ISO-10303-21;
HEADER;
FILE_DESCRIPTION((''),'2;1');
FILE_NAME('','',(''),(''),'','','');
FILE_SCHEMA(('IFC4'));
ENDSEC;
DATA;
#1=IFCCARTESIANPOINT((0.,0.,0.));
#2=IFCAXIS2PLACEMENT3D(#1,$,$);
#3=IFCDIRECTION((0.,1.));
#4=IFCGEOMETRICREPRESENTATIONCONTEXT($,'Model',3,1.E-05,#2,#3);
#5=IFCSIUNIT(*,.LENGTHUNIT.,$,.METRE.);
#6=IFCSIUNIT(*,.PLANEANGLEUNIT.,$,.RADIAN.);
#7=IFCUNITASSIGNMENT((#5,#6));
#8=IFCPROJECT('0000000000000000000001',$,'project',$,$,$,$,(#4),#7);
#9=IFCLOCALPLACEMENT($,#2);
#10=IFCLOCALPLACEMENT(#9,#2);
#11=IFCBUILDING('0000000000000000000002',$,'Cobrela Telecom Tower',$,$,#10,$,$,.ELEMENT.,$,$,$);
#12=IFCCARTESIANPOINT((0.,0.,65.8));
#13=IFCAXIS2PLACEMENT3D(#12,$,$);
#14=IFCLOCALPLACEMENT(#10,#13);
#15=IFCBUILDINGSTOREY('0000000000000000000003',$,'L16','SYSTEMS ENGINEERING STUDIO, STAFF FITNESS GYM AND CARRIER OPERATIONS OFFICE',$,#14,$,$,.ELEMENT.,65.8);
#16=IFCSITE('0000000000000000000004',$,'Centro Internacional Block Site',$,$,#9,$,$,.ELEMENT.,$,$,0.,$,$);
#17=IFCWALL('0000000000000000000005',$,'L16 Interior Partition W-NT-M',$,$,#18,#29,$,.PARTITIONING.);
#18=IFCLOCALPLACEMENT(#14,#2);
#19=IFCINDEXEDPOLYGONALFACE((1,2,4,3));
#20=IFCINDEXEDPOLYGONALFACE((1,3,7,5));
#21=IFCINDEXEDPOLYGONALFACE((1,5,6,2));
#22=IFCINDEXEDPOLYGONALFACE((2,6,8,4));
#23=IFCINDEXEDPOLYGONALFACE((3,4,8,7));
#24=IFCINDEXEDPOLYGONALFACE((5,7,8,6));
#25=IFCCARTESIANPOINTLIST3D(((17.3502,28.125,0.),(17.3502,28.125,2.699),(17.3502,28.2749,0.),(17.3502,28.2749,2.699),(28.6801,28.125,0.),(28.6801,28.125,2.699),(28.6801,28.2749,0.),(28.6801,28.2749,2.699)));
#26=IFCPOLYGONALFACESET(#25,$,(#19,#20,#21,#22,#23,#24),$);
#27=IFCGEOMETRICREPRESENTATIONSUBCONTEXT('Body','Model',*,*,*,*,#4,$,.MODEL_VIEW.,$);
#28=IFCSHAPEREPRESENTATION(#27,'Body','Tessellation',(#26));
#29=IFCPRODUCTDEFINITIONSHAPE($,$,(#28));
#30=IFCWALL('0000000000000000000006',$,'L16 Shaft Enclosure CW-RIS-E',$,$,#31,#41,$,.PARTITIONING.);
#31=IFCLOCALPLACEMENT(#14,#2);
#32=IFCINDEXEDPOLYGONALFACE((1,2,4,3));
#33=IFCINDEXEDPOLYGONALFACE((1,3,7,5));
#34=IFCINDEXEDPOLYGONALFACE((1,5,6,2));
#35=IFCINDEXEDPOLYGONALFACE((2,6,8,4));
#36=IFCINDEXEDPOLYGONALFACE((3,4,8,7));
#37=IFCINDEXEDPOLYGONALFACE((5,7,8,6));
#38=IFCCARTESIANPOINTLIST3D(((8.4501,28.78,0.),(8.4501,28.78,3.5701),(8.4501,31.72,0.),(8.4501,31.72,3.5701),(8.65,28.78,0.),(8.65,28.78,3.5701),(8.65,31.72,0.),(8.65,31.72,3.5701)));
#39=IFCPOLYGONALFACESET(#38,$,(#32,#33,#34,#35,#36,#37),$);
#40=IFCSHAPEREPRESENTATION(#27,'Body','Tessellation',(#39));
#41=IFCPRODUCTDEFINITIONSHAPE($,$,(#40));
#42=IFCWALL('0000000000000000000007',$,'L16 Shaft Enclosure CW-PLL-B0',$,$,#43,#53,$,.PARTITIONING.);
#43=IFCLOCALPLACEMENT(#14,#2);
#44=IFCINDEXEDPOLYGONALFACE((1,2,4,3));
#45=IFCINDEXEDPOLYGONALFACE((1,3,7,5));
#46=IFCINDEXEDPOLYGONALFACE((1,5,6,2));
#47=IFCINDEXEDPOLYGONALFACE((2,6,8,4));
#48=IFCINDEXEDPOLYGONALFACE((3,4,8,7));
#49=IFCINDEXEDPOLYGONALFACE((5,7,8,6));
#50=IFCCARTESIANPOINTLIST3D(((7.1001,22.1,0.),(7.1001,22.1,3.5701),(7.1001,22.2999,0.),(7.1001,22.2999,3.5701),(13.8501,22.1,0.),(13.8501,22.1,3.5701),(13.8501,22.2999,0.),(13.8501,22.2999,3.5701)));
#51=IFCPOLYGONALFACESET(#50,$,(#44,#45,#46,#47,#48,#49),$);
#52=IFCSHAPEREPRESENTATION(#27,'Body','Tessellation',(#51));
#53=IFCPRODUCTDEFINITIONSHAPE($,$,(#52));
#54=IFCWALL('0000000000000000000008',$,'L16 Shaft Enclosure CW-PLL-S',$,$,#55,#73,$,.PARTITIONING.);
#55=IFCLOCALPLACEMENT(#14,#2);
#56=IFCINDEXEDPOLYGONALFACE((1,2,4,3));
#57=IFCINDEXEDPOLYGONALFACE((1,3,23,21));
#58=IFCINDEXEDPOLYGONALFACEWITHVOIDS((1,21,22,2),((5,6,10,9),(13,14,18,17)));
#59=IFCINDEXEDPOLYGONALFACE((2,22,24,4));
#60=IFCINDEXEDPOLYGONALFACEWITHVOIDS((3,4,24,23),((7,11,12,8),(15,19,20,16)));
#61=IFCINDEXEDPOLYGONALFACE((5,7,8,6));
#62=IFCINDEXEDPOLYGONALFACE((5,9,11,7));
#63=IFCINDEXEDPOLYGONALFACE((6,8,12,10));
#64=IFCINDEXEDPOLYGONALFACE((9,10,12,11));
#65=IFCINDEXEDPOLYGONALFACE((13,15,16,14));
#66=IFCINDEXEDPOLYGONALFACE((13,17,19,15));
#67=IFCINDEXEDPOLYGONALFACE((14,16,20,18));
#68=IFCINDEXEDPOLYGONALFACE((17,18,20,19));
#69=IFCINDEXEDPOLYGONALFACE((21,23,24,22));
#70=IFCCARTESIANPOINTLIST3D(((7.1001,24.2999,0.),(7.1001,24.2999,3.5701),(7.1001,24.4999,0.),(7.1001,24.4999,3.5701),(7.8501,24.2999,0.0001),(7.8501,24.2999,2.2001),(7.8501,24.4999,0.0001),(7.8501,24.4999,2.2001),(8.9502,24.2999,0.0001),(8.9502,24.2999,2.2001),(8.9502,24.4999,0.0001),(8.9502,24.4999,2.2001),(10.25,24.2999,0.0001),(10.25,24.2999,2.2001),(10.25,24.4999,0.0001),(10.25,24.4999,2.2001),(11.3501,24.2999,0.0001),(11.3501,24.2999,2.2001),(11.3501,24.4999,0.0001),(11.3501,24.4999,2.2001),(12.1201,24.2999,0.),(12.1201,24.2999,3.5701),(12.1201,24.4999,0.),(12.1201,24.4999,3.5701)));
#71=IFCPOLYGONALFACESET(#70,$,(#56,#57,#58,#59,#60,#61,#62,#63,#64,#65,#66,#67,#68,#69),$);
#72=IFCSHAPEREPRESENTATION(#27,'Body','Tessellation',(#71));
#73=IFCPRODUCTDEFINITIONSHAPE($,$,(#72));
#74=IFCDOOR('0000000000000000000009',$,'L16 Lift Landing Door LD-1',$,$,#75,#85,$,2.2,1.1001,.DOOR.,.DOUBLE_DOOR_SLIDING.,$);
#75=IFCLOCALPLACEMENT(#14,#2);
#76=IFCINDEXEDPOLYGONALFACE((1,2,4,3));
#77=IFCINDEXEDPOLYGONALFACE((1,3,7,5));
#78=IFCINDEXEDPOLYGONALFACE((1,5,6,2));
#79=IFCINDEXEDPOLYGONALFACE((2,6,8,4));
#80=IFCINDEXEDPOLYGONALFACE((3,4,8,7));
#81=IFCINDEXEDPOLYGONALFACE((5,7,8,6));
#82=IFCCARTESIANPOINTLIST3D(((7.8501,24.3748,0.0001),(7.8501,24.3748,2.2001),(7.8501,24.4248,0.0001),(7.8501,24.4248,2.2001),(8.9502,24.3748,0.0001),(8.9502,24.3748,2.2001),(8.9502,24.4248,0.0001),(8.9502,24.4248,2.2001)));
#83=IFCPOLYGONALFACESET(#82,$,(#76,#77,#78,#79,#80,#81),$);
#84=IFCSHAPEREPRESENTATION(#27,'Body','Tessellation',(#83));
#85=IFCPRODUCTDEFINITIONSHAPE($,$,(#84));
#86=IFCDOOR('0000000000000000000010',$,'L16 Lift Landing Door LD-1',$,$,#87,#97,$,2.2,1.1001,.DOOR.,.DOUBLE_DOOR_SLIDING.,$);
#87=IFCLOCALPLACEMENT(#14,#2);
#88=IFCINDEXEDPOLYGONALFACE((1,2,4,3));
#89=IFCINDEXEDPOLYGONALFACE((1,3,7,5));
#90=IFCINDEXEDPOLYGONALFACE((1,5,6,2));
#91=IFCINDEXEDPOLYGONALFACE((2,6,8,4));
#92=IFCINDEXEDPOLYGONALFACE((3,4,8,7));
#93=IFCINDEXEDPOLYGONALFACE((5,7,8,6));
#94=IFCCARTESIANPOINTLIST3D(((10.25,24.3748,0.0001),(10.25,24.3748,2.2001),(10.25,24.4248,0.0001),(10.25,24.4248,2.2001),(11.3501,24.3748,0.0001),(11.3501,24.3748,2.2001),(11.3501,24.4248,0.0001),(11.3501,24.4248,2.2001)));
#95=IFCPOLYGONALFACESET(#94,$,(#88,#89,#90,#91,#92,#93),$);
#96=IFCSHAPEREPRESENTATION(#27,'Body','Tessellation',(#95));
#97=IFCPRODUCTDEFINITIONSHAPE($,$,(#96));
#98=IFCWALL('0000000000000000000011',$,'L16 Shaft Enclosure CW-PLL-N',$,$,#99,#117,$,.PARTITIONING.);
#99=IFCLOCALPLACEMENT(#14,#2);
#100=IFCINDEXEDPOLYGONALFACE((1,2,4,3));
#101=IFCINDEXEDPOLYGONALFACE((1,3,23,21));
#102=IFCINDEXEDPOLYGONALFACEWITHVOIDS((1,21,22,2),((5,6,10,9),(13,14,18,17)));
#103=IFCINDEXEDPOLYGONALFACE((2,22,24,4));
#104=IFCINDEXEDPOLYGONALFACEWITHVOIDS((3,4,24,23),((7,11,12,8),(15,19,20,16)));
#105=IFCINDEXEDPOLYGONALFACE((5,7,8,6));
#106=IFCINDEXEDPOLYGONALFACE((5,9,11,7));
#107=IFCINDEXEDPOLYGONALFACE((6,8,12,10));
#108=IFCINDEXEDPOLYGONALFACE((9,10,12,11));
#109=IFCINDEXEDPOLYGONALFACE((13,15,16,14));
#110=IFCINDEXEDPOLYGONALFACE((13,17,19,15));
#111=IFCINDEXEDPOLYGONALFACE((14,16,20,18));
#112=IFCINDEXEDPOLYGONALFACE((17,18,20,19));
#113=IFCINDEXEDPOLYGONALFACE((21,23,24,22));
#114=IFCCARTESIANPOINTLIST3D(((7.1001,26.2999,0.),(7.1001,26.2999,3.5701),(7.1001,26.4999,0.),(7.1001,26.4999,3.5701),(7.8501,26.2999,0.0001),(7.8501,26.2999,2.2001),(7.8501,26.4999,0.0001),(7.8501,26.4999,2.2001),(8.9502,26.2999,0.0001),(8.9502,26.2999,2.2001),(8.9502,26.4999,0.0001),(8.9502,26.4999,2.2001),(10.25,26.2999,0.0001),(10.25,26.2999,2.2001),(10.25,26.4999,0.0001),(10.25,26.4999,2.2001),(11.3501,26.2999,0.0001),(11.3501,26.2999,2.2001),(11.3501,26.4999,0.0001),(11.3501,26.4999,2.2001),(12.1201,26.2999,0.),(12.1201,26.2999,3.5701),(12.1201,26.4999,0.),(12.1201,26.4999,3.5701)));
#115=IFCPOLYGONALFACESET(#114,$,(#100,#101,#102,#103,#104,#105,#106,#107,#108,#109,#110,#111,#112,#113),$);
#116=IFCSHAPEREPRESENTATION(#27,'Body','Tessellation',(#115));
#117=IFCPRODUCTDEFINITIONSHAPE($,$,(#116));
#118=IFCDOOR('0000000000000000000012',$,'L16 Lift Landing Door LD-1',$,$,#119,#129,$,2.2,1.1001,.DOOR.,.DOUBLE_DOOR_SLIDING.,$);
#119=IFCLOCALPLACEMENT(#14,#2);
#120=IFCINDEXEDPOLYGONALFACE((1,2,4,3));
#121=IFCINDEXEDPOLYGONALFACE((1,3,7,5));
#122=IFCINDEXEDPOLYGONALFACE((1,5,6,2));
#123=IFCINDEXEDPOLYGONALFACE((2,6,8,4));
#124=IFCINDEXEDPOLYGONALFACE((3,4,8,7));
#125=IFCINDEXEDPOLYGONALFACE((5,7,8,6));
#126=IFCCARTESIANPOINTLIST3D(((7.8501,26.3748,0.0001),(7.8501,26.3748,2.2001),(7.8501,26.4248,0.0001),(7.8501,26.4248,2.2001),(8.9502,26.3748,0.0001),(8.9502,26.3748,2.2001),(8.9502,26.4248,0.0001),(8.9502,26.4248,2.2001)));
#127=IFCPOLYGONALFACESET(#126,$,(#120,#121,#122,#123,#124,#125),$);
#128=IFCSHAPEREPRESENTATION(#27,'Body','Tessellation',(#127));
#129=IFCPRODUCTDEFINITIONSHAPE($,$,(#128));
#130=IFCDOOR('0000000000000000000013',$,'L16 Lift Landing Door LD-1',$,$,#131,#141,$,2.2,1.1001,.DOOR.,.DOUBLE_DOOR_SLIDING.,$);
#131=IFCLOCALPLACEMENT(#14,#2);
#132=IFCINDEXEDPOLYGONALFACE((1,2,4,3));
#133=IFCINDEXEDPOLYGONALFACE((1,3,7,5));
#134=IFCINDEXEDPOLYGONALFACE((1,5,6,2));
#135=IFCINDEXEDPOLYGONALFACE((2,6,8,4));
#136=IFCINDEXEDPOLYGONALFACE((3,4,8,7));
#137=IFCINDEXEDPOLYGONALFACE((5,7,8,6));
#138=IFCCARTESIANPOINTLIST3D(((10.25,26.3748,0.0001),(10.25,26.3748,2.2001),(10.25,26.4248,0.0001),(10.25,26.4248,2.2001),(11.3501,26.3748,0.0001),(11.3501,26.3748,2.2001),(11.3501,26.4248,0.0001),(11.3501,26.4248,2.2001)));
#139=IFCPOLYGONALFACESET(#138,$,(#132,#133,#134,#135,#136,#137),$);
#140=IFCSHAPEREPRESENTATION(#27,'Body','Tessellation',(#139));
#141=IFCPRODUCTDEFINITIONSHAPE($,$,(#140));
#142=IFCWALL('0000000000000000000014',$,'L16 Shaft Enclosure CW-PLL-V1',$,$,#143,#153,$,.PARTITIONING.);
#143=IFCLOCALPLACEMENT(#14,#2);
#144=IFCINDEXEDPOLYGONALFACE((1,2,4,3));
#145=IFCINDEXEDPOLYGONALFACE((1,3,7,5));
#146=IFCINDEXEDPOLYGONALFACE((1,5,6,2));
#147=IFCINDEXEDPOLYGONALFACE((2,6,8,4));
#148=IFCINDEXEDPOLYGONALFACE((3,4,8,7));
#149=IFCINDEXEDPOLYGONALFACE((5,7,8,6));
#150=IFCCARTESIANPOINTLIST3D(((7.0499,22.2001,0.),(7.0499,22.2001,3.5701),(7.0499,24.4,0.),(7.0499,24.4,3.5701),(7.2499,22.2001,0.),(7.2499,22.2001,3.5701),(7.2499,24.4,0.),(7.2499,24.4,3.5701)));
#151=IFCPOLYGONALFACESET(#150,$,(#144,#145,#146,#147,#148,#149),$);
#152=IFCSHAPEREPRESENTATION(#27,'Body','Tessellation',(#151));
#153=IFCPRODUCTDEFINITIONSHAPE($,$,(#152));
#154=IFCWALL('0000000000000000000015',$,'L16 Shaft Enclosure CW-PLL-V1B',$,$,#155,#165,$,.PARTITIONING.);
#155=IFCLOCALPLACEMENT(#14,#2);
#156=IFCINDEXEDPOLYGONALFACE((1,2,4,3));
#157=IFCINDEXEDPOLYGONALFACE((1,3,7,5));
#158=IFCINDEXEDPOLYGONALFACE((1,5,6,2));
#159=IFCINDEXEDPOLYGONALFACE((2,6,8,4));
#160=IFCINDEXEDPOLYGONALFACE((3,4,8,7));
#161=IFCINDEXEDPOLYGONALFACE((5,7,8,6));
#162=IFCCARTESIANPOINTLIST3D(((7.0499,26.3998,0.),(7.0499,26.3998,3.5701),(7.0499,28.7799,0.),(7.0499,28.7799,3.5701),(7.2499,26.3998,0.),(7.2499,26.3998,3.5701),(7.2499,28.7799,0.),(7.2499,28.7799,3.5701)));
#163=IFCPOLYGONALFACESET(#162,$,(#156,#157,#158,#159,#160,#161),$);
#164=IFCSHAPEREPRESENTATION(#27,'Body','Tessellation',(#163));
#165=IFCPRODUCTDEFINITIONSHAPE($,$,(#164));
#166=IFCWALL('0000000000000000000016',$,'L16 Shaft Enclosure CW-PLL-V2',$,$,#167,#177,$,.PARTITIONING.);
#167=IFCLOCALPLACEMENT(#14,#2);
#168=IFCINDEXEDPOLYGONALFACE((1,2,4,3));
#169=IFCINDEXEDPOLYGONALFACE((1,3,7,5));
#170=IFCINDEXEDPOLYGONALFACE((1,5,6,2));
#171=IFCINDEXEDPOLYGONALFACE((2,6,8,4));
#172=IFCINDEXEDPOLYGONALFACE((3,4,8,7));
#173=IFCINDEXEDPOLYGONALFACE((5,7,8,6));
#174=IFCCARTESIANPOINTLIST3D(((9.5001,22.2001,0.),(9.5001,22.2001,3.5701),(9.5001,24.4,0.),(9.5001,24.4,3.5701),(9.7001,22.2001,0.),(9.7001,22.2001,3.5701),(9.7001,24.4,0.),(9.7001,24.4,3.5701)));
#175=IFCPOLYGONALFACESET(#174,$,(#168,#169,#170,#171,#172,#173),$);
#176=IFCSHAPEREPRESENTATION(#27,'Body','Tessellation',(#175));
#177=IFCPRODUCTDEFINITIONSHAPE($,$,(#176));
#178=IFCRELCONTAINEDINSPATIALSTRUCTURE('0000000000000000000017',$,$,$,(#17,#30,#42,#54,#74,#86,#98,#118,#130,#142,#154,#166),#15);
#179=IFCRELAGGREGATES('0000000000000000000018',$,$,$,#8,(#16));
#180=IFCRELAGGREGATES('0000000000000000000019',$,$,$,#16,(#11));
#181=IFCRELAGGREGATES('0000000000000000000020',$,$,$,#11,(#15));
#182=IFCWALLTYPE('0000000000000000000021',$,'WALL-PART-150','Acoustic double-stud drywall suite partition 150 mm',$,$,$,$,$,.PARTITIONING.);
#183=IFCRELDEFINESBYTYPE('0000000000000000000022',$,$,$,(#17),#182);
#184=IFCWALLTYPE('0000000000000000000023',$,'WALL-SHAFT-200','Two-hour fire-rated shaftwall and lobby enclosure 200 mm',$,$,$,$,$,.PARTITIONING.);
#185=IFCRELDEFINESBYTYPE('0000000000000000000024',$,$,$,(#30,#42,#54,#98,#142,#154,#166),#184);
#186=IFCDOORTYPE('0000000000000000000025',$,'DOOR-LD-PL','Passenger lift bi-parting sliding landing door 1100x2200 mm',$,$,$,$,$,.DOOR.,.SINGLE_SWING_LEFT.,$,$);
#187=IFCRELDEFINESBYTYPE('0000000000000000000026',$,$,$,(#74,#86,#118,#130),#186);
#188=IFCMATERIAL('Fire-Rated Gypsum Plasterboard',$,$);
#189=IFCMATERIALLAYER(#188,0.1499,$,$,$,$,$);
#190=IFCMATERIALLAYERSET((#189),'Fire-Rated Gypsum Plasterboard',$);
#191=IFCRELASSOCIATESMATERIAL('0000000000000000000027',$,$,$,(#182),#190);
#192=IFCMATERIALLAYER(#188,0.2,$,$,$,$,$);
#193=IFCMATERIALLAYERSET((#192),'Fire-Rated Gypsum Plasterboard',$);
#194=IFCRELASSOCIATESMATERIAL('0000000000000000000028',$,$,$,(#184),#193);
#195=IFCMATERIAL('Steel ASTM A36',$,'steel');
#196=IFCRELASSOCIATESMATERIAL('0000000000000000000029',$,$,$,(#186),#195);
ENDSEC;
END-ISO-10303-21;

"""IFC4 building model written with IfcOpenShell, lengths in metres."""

from ifc_helpers import new_model, si_unit, direction, frame, frame_2d, origin, place, context, subcontext, project, spatial, rectangle, extrude, material, layer, layer_set, type_object, element, fill, save


model = new_model("IFC4")

# Units and contexts
model_context = context("Model", 3, precision=1e-05, world=origin(), true_north=direction((0.0, 1.0)))
body_context = subcontext(model_context, "Body", "Model", "MODEL_VIEW")
ifc_project = project(units=[si_unit("LENGTHUNIT", "METRE"), si_unit("PLANEANGLEUNIT", "RADIAN")], contexts=[model_context])

# Site, building, storey
site_placement = place(None, origin())
site = spatial("IfcSite", under=ifc_project, at=site_placement, Name="Centro Internacional Block Site", CompositionType="ELEMENT", RefElevation=0.0)
building_placement = place(site_placement, origin())
building = spatial("IfcBuilding", under=site, at=building_placement, Name="Cobrela Telecom Tower", CompositionType="ELEMENT")
storey_placement = place(building_placement, frame((0.0, 0.0, 65.8)))
storey = spatial("IfcBuildingStorey", under=building, at=storey_placement, Name="L16", Description="SYSTEMS ENGINEERING STUDIO, STAFF FITNESS GYM AND CARRIER OPERATIONS OFFICE", CompositionType="ELEMENT", Elevation=65.8)

# Walls
ifc_material_1 = material(Name="Fire-Rated Gypsum Plasterboard")
ifc_layer_1 = layer(ifc_material_1, 0.1499)
ifc_layer_set_1 = layer_set([ifc_layer_1], Name="Fire-Rated Gypsum Plasterboard")
wall_type_1 = type_object("IfcWallType", Name="WALL-PART-150", Description="Acoustic double-stud drywall suite partition 150 mm", PredefinedType="PARTITIONING", material=ifc_layer_set_1)
wall_1_placement = place(storey_placement, frame((17.3501, 28.2, 0.0), z_axis=(0.0, 0.0, 1.0), x_axis=(1.0, 0.0, 0.0)))
element("IfcWall", 1, at=wall_1_placement, inside=storey, type_object=wall_type_1, Name="L16 Interior Partition W-NT-M", PredefinedType="PARTITIONING", context=body_context, shape_type="SweptSolid", body=[
    extrude(rectangle(XDim=11.3298, YDim=0.1499, at=frame_2d((5.665, 0.0))), origin(), (0.0, 0.0, 1.0), 2.699),
])
ifc_layer_2 = layer(ifc_material_1, 0.2)
ifc_layer_set_2 = layer_set([ifc_layer_2], Name="Fire-Rated Gypsum Plasterboard")
wall_type_2 = type_object("IfcWallType", Name="WALL-SHAFT-200", Description="Two-hour fire-rated shaftwall and lobby enclosure 200 mm", PredefinedType="PARTITIONING", material=ifc_layer_set_2)
wall_2_placement = place(storey_placement, frame((8.55, 28.78, 0.0), z_axis=(0.0, 0.0, 1.0), x_axis=(0.0, 1.0, 0.0)))
element("IfcWall", 2, at=wall_2_placement, inside=storey, type_object=wall_type_2, Name="L16 Shaft Enclosure CW-RIS-E", PredefinedType="PARTITIONING", context=body_context, shape_type="SweptSolid", body=[
    extrude(rectangle(XDim=2.9399, YDim=0.2, at=frame_2d((1.47, 0.0))), origin(), (0.0, 0.0, 1.0), 3.5701),
])
wall_3_placement = place(storey_placement, frame((7.1001, 22.2, 0.0), z_axis=(0.0, 0.0, 1.0), x_axis=(1.0, 0.0, 0.0)))
element("IfcWall", 3, at=wall_3_placement, inside=storey, type_object=wall_type_2, Name="L16 Shaft Enclosure CW-PLL-B0", PredefinedType="PARTITIONING", context=body_context, shape_type="SweptSolid", body=[
    extrude(rectangle(XDim=6.75, YDim=0.2, at=frame_2d((3.375, 0.0))), origin(), (0.0, 0.0, 1.0), 3.5701),
])

# Walls, openings, doors
wall_4_placement = place(storey_placement, frame((7.1001, 24.3999, 0.0), z_axis=(0.0, 0.0, 1.0), x_axis=(1.0, 0.0, 0.0)))
wall_4 = element("IfcWall", 4, at=wall_4_placement, inside=storey, type_object=wall_type_2, Name="L16 Shaft Enclosure CW-PLL-S", PredefinedType="PARTITIONING", context=body_context, shape_type="SweptSolid", body=[
    extrude(rectangle(XDim=5.02, YDim=0.2, at=frame_2d((2.51, 0.0))), origin(), (0.0, 0.0, 1.0), 3.5701),
])
opening_1_placement = place(wall_4_placement, frame((0.75, 0.0, 0.0)))
opening_1 = element("IfcOpeningElement", 5, at=opening_1_placement, cuts=wall_4, PredefinedType="OPENING", context=body_context, shape_type="SweptSolid", body=[
    extrude(rectangle(XDim=1.1001, YDim=2.2, at=frame_2d((0.55, 1.1001))), frame((0.0, 0.1118, 0.0), z_axis=(0.0, -1.0, 0.0), x_axis=(1.0, 0.0, 0.0)), (0.0, 0.0, 1.0), 0.2239),
])
opening_2_placement = place(wall_4_placement, frame((3.1499, 0.0, 0.0)))
opening_2 = element("IfcOpeningElement", 6, at=opening_2_placement, cuts=wall_4, PredefinedType="OPENING", context=body_context, shape_type="SweptSolid", body=[
    extrude(rectangle(XDim=1.1001, YDim=2.2, at=frame_2d((0.55, 1.1001))), frame((0.0, 0.1118, 0.0), z_axis=(0.0, -1.0, 0.0), x_axis=(1.0, 0.0, 0.0)), (0.0, 0.0, 1.0), 0.2239),
])
ifc_material_2 = material(Name="Steel ASTM A36", Category="steel")
door_type_1 = type_object("IfcDoorType", Name="DOOR-LD-PL", Description="Passenger lift bi-parting sliding landing door 1100x2200 mm", OperationType="SINGLE_SWING_LEFT", PredefinedType="DOOR", material=ifc_material_2)
door_1_placement = place(opening_1_placement, origin())
door_1 = element("IfcDoor", 7, at=door_1_placement, inside=storey, type_object=door_type_1, Name="L16 Lift Landing Door LD-1", OperationType="DOUBLE_DOOR_SLIDING", OverallHeight=2.2, OverallWidth=1.1001, PredefinedType="DOOR", context=body_context, shape_type="SweptSolid", body=[
    extrude(rectangle(XDim=1.1001, YDim=2.2, at=frame_2d((0.55, 1.1001))), frame((0.0, 0.0249, 0.0), z_axis=(0.0, -1.0, 0.0), x_axis=(1.0, 0.0, 0.0)), (0.0, 0.0, 1.0), 0.05),
])
fill(opening_1, door_1)
door_2_placement = place(opening_2_placement, origin())
door_2 = element("IfcDoor", 8, at=door_2_placement, inside=storey, type_object=door_type_1, Name="L16 Lift Landing Door LD-1", OperationType="DOUBLE_DOOR_SLIDING", OverallHeight=2.2, OverallWidth=1.1001, PredefinedType="DOOR", context=body_context, shape_type="SweptSolid", body=[
    extrude(rectangle(XDim=1.1001, YDim=2.2, at=frame_2d((0.55, 1.1001))), frame((0.0, 0.0249, 0.0), z_axis=(0.0, -1.0, 0.0), x_axis=(1.0, 0.0, 0.0)), (0.0, 0.0, 1.0), 0.05),
])
fill(opening_2, door_2)
wall_5_placement = place(storey_placement, frame((7.1001, 26.3999, 0.0), z_axis=(0.0, 0.0, 1.0), x_axis=(1.0, 0.0, 0.0)))
wall_5 = element("IfcWall", 9, at=wall_5_placement, inside=storey, type_object=wall_type_2, Name="L16 Shaft Enclosure CW-PLL-N", PredefinedType="PARTITIONING", context=body_context, shape_type="SweptSolid", body=[
    extrude(rectangle(XDim=5.02, YDim=0.2, at=frame_2d((2.51, 0.0))), origin(), (0.0, 0.0, 1.0), 3.5701),
])
opening_3_placement = place(wall_5_placement, frame((0.75, 0.0, 0.0)))
opening_3 = element("IfcOpeningElement", 10, at=opening_3_placement, cuts=wall_5, PredefinedType="OPENING", context=body_context, shape_type="SweptSolid", body=[
    extrude(rectangle(XDim=1.1001, YDim=2.2, at=frame_2d((0.55, 1.1001))), frame((0.0, 0.1118, 0.0), z_axis=(0.0, -1.0, 0.0), x_axis=(1.0, 0.0, 0.0)), (0.0, 0.0, 1.0), 0.2239),
])
opening_4_placement = place(wall_5_placement, frame((3.1499, 0.0, 0.0)))
opening_4 = element("IfcOpeningElement", 11, at=opening_4_placement, cuts=wall_5, PredefinedType="OPENING", context=body_context, shape_type="SweptSolid", body=[
    extrude(rectangle(XDim=1.1001, YDim=2.2, at=frame_2d((0.55, 1.1001))), frame((0.0, 0.1118, 0.0), z_axis=(0.0, -1.0, 0.0), x_axis=(1.0, 0.0, 0.0)), (0.0, 0.0, 1.0), 0.2239),
])
door_3_placement = place(opening_3_placement, origin())
door_3 = element("IfcDoor", 12, at=door_3_placement, inside=storey, type_object=door_type_1, Name="L16 Lift Landing Door LD-1", OperationType="DOUBLE_DOOR_SLIDING", OverallHeight=2.2, OverallWidth=1.1001, PredefinedType="DOOR", context=body_context, shape_type="SweptSolid", body=[
    extrude(rectangle(XDim=1.1001, YDim=2.2, at=frame_2d((0.55, 1.1001))), frame((0.0, 0.0249, 0.0), z_axis=(0.0, -1.0, 0.0), x_axis=(1.0, 0.0, 0.0)), (0.0, 0.0, 1.0), 0.05),
])
fill(opening_3, door_3)
door_4_placement = place(opening_4_placement, origin())
door_4 = element("IfcDoor", 13, at=door_4_placement, inside=storey, type_object=door_type_1, Name="L16 Lift Landing Door LD-1", OperationType="DOUBLE_DOOR_SLIDING", OverallHeight=2.2, OverallWidth=1.1001, PredefinedType="DOOR", context=body_context, shape_type="SweptSolid", body=[
    extrude(rectangle(XDim=1.1001, YDim=2.2, at=frame_2d((0.55, 1.1001))), frame((0.0, 0.0249, 0.0), z_axis=(0.0, -1.0, 0.0), x_axis=(1.0, 0.0, 0.0)), (0.0, 0.0, 1.0), 0.05),
])
fill(opening_4, door_4)

# Walls
wall_6_placement = place(storey_placement, frame((7.1499, 22.2, 0.0), z_axis=(0.0, 0.0, 1.0), x_axis=(0.0, 1.0, 0.0)))
element("IfcWall", 14, at=wall_6_placement, inside=storey, type_object=wall_type_2, Name="L16 Shaft Enclosure CW-PLL-V1", PredefinedType="PARTITIONING", context=body_context, shape_type="SweptSolid", body=[
    extrude(rectangle(XDim=2.2, YDim=0.2, at=frame_2d((1.1001, 0.0))), origin(), (0.0, 0.0, 1.0), 3.5701),
])
wall_7_placement = place(storey_placement, frame((7.1499, 26.3999, 0.0), z_axis=(0.0, 0.0, 1.0), x_axis=(0.0, 1.0, 0.0)))
element("IfcWall", 15, at=wall_7_placement, inside=storey, type_object=wall_type_2, Name="L16 Shaft Enclosure CW-PLL-V1B", PredefinedType="PARTITIONING", context=body_context, shape_type="SweptSolid", body=[
    extrude(rectangle(XDim=2.3801, YDim=0.2, at=frame_2d((1.1899, 0.0))), origin(), (0.0, 0.0, 1.0), 3.5701),
])
wall_8_placement = place(storey_placement, frame((9.6001, 22.2, 0.0), z_axis=(0.0, 0.0, 1.0), x_axis=(0.0, 1.0, 0.0)))
element("IfcWall", 16, at=wall_8_placement, inside=storey, type_object=wall_type_2, Name="L16 Shaft Enclosure CW-PLL-V2", PredefinedType="PARTITIONING", context=body_context, shape_type="SweptSolid", body=[
    extrude(rectangle(XDim=2.2, YDim=0.2, at=frame_2d((1.1001, 0.0))), origin(), (0.0, 0.0, 1.0), 3.5701),
])

save(model, "model.ifc")
